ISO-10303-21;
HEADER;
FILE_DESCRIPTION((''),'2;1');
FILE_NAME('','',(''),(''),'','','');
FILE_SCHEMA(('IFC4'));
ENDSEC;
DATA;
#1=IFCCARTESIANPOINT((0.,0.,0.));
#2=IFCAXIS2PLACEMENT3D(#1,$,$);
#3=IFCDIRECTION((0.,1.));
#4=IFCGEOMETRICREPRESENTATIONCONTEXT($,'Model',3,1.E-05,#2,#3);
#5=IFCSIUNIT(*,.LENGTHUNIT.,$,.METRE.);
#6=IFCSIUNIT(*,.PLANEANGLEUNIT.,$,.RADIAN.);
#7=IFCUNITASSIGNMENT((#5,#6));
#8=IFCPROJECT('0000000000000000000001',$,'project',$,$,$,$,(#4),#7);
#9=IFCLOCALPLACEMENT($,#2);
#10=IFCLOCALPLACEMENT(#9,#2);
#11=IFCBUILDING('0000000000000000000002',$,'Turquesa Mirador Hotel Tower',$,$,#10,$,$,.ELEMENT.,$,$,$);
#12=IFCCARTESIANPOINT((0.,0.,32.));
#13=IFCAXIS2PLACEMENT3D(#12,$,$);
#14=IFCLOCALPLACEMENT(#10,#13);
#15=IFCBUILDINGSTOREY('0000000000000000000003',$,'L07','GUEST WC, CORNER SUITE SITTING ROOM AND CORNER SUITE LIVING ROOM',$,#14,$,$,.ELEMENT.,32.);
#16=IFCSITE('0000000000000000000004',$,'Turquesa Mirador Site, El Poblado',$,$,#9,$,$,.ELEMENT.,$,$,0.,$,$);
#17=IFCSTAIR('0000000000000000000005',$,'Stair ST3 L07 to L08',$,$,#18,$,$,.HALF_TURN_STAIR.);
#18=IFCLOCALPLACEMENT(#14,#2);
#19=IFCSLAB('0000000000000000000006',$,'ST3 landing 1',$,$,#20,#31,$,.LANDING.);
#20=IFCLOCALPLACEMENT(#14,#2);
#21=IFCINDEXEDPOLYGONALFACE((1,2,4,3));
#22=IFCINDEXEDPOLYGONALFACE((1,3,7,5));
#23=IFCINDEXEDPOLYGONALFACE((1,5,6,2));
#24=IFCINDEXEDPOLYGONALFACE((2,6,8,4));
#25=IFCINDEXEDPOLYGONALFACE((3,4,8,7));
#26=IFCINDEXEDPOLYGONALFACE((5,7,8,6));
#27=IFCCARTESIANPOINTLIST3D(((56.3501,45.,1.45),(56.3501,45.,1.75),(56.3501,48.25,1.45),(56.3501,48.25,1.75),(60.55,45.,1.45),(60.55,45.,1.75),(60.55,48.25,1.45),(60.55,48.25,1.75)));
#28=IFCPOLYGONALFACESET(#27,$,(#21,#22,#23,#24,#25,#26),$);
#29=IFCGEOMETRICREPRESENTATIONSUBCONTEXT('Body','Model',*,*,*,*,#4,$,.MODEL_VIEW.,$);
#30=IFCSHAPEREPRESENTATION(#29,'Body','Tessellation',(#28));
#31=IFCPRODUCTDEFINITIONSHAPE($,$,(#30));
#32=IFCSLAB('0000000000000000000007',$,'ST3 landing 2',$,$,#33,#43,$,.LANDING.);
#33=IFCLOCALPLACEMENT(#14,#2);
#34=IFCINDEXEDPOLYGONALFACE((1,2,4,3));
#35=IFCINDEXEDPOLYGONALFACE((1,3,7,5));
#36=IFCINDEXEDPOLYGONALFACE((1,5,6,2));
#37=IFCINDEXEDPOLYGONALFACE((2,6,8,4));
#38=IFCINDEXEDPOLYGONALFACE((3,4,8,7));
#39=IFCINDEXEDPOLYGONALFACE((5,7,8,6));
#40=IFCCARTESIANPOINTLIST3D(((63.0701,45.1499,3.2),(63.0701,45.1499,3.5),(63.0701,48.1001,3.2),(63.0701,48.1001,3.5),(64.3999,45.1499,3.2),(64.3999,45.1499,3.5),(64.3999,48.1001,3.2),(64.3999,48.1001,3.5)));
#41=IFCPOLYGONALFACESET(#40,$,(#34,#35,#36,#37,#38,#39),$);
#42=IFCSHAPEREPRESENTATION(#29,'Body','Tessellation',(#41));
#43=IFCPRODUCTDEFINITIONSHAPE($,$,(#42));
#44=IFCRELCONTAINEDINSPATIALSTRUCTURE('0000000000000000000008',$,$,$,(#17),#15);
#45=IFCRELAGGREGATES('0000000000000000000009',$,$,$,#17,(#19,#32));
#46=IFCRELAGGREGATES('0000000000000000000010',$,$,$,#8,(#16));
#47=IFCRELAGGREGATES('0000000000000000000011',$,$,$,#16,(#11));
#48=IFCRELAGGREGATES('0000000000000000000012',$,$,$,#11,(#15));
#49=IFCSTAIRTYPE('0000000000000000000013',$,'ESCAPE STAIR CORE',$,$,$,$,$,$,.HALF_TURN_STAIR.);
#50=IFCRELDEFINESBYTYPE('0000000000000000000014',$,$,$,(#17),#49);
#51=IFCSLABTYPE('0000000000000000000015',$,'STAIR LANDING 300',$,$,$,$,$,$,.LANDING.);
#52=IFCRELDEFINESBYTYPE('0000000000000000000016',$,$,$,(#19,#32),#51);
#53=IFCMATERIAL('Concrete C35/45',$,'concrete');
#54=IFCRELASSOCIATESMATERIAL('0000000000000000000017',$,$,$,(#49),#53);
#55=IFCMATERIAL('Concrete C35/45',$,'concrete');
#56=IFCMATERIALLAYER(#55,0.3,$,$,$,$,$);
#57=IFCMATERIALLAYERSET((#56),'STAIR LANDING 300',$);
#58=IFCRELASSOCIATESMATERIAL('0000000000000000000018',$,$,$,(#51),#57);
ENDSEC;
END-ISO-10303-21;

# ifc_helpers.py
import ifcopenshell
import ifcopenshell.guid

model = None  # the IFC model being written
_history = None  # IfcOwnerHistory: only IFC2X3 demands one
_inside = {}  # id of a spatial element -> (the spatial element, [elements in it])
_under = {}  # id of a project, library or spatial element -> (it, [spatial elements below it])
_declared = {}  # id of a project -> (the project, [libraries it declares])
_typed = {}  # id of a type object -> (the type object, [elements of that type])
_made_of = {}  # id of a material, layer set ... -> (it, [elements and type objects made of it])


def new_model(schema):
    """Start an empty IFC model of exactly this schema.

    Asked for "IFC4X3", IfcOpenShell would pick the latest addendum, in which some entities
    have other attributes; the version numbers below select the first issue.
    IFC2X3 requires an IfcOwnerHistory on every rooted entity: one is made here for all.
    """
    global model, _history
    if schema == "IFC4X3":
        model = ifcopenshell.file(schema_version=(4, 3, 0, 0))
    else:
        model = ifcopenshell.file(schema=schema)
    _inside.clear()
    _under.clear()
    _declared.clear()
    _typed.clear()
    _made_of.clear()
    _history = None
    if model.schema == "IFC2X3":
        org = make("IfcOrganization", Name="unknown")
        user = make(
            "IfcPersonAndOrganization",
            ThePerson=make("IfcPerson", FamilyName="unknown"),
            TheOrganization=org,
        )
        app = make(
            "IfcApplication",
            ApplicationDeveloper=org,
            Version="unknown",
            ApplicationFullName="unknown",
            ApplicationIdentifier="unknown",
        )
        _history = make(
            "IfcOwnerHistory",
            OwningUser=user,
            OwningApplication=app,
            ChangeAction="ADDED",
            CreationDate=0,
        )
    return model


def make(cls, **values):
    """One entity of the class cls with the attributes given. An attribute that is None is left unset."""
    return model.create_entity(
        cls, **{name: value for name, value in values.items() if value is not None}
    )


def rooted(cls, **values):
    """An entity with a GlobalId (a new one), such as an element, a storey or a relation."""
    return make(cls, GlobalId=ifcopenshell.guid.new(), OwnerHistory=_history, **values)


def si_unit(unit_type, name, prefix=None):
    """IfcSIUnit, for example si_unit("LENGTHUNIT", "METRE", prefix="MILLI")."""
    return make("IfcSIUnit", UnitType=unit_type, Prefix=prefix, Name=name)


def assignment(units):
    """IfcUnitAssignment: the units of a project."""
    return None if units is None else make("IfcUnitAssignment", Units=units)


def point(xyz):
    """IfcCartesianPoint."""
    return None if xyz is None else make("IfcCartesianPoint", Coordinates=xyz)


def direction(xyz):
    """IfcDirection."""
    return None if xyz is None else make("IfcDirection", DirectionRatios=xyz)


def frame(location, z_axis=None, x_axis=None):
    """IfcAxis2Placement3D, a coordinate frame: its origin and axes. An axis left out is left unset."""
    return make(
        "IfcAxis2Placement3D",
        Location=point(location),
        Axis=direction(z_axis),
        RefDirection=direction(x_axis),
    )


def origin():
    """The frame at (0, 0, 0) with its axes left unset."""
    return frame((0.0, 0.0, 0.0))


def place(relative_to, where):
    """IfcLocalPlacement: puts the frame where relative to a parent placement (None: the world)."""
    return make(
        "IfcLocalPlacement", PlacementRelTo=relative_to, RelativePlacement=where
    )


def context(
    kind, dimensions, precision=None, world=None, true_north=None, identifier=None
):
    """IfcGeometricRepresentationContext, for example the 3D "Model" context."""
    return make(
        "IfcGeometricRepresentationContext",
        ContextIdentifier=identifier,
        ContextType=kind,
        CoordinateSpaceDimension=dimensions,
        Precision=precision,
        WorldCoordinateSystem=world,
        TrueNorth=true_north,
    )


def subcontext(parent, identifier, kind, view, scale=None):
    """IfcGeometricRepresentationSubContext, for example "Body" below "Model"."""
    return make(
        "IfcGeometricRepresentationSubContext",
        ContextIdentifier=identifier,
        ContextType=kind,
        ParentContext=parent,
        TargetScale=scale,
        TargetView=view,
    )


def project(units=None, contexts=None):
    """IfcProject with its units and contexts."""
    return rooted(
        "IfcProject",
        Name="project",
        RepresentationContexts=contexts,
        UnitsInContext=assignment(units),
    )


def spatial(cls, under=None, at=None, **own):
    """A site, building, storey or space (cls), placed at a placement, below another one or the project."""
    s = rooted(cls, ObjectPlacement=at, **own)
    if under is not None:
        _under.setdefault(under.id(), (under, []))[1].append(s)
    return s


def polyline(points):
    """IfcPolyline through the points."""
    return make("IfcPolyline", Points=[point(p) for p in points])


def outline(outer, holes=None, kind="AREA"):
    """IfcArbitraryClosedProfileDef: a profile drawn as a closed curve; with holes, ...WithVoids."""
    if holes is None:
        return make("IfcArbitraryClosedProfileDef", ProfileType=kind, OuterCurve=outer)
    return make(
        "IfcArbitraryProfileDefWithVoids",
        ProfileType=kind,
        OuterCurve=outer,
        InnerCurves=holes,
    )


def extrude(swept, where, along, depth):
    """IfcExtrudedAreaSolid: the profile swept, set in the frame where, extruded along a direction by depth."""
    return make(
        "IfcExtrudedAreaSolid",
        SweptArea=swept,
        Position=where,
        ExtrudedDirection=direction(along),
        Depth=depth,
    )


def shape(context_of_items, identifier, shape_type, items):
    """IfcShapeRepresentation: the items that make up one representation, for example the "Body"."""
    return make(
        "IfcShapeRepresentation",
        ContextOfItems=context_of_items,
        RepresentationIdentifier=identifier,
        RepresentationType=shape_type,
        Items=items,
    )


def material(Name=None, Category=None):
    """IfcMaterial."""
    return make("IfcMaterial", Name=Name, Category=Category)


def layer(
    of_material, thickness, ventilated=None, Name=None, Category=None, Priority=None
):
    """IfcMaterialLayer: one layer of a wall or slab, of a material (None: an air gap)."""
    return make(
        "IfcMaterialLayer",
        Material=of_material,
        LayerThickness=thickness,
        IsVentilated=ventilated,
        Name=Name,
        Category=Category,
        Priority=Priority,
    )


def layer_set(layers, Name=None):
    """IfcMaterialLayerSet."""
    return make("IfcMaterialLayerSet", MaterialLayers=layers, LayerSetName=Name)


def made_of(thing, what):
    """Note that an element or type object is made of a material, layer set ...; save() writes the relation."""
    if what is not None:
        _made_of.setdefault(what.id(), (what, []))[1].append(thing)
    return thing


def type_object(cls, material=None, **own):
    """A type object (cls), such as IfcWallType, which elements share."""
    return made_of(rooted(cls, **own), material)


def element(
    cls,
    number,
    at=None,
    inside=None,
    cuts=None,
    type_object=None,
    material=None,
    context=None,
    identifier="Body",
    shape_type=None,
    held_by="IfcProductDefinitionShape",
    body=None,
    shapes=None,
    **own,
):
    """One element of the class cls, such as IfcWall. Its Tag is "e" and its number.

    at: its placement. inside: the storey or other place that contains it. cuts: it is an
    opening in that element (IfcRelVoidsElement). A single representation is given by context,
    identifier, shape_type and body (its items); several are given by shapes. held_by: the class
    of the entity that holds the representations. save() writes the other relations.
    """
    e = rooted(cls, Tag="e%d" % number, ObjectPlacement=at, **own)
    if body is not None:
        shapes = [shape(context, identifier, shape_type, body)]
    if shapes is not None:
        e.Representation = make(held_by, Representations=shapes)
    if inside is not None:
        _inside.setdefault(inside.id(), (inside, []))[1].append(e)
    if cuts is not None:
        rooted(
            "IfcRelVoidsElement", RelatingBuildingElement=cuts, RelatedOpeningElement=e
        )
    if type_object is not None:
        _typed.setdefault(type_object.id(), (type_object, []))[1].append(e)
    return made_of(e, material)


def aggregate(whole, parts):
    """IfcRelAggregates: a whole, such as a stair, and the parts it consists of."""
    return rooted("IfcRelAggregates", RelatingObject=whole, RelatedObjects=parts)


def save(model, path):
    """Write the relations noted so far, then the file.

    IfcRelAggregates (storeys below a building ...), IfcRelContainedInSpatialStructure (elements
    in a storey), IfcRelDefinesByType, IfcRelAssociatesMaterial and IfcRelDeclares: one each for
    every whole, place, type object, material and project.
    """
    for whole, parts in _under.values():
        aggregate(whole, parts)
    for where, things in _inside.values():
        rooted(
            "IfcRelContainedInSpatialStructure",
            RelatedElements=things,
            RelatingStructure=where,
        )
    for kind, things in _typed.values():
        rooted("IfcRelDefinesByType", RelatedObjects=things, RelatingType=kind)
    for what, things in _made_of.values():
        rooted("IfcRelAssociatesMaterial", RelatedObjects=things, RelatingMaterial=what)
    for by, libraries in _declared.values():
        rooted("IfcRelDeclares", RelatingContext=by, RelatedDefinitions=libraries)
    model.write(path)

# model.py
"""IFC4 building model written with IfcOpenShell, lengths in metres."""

from ifc_helpers import new_model, si_unit, direction, frame, origin, place, context, subcontext, project, spatial, polyline, outline, extrude, material, layer, layer_set, type_object, element, aggregate, save


model = new_model("IFC4")

# Units and contexts
model_context = context("Model", 3, precision=1e-05, world=origin(), true_north=direction((0.0, 1.0)))
body_context = subcontext(model_context, "Body", "Model", "MODEL_VIEW")
ifc_project = project(units=[si_unit("LENGTHUNIT", "METRE"), si_unit("PLANEANGLEUNIT", "RADIAN")], contexts=[model_context])

# Site, building, storey
site_placement = place(None, origin())
site = spatial("IfcSite", under=ifc_project, at=site_placement, Name="Turquesa Mirador Site, El Poblado", CompositionType="ELEMENT", RefElevation=0.0)
building_placement = place(site_placement, origin())
building = spatial("IfcBuilding", under=site, at=building_placement, Name="Turquesa Mirador Hotel Tower", CompositionType="ELEMENT")
storey_placement = place(building_placement, frame((0.0, 0.0, 32.0)))
storey = spatial("IfcBuildingStorey", under=building, at=storey_placement, Name="L07", Description="GUEST WC, CORNER SUITE SITTING ROOM AND CORNER SUITE LIVING ROOM", CompositionType="ELEMENT", Elevation=32.0)

# Stair, slabs
ifc_material_1 = material(Name="Concrete C35/45", Category="concrete")
stair_type = type_object("IfcStairType", Name="ESCAPE STAIR CORE", PredefinedType="HALF_TURN_STAIR", material=ifc_material_1)
ifc_material_2 = material(Name="Concrete C35/45", Category="concrete")
ifc_layer_1 = layer(ifc_material_2, 0.3)
ifc_layer_set_1 = layer_set([ifc_layer_1], Name="STAIR LANDING 300")
slab_type_1 = type_object("IfcSlabType", Name="STAIR LANDING 300", PredefinedType="LANDING", material=ifc_layer_set_1)
stair_1_placement = place(storey_placement, origin())
stair_1 = element("IfcStair", 1, at=stair_1_placement, inside=storey, type_object=stair_type, Name="Stair ST3 L07 to L08", PredefinedType="HALF_TURN_STAIR")
slab_1_placement = place(storey_placement, frame((0.0, 0.0, 1.45)))
slab_1 = element("IfcSlab", 2, at=slab_1_placement, type_object=slab_type_1, Name="ST3 landing 1", PredefinedType="LANDING", context=body_context, shape_type="SweptSolid", body=[
    extrude(outline(polyline([(56.3501, 45.0), (60.55, 45.0), (60.55, 48.25), (56.3501, 48.25), (56.3501, 45.0)])), origin(), (0.0, 0.0, 1.0), 0.3),
])
slab_2_placement = place(storey_placement, frame((0.0, 0.0, 3.2)))
slab_2 = element("IfcSlab", 3, at=slab_2_placement, type_object=slab_type_1, Name="ST3 landing 2", PredefinedType="LANDING", context=body_context, shape_type="SweptSolid", body=[
    extrude(outline(polyline([(63.0701, 45.1499), (64.3999, 45.1499), (64.3999, 48.1001), (63.0701, 48.1001), (63.0701, 45.1499)])), origin(), (0.0, 0.0, 1.0), 0.3),
])
aggregate(stair_1, [slab_1, slab_2])

save(model, "model.ifc")
